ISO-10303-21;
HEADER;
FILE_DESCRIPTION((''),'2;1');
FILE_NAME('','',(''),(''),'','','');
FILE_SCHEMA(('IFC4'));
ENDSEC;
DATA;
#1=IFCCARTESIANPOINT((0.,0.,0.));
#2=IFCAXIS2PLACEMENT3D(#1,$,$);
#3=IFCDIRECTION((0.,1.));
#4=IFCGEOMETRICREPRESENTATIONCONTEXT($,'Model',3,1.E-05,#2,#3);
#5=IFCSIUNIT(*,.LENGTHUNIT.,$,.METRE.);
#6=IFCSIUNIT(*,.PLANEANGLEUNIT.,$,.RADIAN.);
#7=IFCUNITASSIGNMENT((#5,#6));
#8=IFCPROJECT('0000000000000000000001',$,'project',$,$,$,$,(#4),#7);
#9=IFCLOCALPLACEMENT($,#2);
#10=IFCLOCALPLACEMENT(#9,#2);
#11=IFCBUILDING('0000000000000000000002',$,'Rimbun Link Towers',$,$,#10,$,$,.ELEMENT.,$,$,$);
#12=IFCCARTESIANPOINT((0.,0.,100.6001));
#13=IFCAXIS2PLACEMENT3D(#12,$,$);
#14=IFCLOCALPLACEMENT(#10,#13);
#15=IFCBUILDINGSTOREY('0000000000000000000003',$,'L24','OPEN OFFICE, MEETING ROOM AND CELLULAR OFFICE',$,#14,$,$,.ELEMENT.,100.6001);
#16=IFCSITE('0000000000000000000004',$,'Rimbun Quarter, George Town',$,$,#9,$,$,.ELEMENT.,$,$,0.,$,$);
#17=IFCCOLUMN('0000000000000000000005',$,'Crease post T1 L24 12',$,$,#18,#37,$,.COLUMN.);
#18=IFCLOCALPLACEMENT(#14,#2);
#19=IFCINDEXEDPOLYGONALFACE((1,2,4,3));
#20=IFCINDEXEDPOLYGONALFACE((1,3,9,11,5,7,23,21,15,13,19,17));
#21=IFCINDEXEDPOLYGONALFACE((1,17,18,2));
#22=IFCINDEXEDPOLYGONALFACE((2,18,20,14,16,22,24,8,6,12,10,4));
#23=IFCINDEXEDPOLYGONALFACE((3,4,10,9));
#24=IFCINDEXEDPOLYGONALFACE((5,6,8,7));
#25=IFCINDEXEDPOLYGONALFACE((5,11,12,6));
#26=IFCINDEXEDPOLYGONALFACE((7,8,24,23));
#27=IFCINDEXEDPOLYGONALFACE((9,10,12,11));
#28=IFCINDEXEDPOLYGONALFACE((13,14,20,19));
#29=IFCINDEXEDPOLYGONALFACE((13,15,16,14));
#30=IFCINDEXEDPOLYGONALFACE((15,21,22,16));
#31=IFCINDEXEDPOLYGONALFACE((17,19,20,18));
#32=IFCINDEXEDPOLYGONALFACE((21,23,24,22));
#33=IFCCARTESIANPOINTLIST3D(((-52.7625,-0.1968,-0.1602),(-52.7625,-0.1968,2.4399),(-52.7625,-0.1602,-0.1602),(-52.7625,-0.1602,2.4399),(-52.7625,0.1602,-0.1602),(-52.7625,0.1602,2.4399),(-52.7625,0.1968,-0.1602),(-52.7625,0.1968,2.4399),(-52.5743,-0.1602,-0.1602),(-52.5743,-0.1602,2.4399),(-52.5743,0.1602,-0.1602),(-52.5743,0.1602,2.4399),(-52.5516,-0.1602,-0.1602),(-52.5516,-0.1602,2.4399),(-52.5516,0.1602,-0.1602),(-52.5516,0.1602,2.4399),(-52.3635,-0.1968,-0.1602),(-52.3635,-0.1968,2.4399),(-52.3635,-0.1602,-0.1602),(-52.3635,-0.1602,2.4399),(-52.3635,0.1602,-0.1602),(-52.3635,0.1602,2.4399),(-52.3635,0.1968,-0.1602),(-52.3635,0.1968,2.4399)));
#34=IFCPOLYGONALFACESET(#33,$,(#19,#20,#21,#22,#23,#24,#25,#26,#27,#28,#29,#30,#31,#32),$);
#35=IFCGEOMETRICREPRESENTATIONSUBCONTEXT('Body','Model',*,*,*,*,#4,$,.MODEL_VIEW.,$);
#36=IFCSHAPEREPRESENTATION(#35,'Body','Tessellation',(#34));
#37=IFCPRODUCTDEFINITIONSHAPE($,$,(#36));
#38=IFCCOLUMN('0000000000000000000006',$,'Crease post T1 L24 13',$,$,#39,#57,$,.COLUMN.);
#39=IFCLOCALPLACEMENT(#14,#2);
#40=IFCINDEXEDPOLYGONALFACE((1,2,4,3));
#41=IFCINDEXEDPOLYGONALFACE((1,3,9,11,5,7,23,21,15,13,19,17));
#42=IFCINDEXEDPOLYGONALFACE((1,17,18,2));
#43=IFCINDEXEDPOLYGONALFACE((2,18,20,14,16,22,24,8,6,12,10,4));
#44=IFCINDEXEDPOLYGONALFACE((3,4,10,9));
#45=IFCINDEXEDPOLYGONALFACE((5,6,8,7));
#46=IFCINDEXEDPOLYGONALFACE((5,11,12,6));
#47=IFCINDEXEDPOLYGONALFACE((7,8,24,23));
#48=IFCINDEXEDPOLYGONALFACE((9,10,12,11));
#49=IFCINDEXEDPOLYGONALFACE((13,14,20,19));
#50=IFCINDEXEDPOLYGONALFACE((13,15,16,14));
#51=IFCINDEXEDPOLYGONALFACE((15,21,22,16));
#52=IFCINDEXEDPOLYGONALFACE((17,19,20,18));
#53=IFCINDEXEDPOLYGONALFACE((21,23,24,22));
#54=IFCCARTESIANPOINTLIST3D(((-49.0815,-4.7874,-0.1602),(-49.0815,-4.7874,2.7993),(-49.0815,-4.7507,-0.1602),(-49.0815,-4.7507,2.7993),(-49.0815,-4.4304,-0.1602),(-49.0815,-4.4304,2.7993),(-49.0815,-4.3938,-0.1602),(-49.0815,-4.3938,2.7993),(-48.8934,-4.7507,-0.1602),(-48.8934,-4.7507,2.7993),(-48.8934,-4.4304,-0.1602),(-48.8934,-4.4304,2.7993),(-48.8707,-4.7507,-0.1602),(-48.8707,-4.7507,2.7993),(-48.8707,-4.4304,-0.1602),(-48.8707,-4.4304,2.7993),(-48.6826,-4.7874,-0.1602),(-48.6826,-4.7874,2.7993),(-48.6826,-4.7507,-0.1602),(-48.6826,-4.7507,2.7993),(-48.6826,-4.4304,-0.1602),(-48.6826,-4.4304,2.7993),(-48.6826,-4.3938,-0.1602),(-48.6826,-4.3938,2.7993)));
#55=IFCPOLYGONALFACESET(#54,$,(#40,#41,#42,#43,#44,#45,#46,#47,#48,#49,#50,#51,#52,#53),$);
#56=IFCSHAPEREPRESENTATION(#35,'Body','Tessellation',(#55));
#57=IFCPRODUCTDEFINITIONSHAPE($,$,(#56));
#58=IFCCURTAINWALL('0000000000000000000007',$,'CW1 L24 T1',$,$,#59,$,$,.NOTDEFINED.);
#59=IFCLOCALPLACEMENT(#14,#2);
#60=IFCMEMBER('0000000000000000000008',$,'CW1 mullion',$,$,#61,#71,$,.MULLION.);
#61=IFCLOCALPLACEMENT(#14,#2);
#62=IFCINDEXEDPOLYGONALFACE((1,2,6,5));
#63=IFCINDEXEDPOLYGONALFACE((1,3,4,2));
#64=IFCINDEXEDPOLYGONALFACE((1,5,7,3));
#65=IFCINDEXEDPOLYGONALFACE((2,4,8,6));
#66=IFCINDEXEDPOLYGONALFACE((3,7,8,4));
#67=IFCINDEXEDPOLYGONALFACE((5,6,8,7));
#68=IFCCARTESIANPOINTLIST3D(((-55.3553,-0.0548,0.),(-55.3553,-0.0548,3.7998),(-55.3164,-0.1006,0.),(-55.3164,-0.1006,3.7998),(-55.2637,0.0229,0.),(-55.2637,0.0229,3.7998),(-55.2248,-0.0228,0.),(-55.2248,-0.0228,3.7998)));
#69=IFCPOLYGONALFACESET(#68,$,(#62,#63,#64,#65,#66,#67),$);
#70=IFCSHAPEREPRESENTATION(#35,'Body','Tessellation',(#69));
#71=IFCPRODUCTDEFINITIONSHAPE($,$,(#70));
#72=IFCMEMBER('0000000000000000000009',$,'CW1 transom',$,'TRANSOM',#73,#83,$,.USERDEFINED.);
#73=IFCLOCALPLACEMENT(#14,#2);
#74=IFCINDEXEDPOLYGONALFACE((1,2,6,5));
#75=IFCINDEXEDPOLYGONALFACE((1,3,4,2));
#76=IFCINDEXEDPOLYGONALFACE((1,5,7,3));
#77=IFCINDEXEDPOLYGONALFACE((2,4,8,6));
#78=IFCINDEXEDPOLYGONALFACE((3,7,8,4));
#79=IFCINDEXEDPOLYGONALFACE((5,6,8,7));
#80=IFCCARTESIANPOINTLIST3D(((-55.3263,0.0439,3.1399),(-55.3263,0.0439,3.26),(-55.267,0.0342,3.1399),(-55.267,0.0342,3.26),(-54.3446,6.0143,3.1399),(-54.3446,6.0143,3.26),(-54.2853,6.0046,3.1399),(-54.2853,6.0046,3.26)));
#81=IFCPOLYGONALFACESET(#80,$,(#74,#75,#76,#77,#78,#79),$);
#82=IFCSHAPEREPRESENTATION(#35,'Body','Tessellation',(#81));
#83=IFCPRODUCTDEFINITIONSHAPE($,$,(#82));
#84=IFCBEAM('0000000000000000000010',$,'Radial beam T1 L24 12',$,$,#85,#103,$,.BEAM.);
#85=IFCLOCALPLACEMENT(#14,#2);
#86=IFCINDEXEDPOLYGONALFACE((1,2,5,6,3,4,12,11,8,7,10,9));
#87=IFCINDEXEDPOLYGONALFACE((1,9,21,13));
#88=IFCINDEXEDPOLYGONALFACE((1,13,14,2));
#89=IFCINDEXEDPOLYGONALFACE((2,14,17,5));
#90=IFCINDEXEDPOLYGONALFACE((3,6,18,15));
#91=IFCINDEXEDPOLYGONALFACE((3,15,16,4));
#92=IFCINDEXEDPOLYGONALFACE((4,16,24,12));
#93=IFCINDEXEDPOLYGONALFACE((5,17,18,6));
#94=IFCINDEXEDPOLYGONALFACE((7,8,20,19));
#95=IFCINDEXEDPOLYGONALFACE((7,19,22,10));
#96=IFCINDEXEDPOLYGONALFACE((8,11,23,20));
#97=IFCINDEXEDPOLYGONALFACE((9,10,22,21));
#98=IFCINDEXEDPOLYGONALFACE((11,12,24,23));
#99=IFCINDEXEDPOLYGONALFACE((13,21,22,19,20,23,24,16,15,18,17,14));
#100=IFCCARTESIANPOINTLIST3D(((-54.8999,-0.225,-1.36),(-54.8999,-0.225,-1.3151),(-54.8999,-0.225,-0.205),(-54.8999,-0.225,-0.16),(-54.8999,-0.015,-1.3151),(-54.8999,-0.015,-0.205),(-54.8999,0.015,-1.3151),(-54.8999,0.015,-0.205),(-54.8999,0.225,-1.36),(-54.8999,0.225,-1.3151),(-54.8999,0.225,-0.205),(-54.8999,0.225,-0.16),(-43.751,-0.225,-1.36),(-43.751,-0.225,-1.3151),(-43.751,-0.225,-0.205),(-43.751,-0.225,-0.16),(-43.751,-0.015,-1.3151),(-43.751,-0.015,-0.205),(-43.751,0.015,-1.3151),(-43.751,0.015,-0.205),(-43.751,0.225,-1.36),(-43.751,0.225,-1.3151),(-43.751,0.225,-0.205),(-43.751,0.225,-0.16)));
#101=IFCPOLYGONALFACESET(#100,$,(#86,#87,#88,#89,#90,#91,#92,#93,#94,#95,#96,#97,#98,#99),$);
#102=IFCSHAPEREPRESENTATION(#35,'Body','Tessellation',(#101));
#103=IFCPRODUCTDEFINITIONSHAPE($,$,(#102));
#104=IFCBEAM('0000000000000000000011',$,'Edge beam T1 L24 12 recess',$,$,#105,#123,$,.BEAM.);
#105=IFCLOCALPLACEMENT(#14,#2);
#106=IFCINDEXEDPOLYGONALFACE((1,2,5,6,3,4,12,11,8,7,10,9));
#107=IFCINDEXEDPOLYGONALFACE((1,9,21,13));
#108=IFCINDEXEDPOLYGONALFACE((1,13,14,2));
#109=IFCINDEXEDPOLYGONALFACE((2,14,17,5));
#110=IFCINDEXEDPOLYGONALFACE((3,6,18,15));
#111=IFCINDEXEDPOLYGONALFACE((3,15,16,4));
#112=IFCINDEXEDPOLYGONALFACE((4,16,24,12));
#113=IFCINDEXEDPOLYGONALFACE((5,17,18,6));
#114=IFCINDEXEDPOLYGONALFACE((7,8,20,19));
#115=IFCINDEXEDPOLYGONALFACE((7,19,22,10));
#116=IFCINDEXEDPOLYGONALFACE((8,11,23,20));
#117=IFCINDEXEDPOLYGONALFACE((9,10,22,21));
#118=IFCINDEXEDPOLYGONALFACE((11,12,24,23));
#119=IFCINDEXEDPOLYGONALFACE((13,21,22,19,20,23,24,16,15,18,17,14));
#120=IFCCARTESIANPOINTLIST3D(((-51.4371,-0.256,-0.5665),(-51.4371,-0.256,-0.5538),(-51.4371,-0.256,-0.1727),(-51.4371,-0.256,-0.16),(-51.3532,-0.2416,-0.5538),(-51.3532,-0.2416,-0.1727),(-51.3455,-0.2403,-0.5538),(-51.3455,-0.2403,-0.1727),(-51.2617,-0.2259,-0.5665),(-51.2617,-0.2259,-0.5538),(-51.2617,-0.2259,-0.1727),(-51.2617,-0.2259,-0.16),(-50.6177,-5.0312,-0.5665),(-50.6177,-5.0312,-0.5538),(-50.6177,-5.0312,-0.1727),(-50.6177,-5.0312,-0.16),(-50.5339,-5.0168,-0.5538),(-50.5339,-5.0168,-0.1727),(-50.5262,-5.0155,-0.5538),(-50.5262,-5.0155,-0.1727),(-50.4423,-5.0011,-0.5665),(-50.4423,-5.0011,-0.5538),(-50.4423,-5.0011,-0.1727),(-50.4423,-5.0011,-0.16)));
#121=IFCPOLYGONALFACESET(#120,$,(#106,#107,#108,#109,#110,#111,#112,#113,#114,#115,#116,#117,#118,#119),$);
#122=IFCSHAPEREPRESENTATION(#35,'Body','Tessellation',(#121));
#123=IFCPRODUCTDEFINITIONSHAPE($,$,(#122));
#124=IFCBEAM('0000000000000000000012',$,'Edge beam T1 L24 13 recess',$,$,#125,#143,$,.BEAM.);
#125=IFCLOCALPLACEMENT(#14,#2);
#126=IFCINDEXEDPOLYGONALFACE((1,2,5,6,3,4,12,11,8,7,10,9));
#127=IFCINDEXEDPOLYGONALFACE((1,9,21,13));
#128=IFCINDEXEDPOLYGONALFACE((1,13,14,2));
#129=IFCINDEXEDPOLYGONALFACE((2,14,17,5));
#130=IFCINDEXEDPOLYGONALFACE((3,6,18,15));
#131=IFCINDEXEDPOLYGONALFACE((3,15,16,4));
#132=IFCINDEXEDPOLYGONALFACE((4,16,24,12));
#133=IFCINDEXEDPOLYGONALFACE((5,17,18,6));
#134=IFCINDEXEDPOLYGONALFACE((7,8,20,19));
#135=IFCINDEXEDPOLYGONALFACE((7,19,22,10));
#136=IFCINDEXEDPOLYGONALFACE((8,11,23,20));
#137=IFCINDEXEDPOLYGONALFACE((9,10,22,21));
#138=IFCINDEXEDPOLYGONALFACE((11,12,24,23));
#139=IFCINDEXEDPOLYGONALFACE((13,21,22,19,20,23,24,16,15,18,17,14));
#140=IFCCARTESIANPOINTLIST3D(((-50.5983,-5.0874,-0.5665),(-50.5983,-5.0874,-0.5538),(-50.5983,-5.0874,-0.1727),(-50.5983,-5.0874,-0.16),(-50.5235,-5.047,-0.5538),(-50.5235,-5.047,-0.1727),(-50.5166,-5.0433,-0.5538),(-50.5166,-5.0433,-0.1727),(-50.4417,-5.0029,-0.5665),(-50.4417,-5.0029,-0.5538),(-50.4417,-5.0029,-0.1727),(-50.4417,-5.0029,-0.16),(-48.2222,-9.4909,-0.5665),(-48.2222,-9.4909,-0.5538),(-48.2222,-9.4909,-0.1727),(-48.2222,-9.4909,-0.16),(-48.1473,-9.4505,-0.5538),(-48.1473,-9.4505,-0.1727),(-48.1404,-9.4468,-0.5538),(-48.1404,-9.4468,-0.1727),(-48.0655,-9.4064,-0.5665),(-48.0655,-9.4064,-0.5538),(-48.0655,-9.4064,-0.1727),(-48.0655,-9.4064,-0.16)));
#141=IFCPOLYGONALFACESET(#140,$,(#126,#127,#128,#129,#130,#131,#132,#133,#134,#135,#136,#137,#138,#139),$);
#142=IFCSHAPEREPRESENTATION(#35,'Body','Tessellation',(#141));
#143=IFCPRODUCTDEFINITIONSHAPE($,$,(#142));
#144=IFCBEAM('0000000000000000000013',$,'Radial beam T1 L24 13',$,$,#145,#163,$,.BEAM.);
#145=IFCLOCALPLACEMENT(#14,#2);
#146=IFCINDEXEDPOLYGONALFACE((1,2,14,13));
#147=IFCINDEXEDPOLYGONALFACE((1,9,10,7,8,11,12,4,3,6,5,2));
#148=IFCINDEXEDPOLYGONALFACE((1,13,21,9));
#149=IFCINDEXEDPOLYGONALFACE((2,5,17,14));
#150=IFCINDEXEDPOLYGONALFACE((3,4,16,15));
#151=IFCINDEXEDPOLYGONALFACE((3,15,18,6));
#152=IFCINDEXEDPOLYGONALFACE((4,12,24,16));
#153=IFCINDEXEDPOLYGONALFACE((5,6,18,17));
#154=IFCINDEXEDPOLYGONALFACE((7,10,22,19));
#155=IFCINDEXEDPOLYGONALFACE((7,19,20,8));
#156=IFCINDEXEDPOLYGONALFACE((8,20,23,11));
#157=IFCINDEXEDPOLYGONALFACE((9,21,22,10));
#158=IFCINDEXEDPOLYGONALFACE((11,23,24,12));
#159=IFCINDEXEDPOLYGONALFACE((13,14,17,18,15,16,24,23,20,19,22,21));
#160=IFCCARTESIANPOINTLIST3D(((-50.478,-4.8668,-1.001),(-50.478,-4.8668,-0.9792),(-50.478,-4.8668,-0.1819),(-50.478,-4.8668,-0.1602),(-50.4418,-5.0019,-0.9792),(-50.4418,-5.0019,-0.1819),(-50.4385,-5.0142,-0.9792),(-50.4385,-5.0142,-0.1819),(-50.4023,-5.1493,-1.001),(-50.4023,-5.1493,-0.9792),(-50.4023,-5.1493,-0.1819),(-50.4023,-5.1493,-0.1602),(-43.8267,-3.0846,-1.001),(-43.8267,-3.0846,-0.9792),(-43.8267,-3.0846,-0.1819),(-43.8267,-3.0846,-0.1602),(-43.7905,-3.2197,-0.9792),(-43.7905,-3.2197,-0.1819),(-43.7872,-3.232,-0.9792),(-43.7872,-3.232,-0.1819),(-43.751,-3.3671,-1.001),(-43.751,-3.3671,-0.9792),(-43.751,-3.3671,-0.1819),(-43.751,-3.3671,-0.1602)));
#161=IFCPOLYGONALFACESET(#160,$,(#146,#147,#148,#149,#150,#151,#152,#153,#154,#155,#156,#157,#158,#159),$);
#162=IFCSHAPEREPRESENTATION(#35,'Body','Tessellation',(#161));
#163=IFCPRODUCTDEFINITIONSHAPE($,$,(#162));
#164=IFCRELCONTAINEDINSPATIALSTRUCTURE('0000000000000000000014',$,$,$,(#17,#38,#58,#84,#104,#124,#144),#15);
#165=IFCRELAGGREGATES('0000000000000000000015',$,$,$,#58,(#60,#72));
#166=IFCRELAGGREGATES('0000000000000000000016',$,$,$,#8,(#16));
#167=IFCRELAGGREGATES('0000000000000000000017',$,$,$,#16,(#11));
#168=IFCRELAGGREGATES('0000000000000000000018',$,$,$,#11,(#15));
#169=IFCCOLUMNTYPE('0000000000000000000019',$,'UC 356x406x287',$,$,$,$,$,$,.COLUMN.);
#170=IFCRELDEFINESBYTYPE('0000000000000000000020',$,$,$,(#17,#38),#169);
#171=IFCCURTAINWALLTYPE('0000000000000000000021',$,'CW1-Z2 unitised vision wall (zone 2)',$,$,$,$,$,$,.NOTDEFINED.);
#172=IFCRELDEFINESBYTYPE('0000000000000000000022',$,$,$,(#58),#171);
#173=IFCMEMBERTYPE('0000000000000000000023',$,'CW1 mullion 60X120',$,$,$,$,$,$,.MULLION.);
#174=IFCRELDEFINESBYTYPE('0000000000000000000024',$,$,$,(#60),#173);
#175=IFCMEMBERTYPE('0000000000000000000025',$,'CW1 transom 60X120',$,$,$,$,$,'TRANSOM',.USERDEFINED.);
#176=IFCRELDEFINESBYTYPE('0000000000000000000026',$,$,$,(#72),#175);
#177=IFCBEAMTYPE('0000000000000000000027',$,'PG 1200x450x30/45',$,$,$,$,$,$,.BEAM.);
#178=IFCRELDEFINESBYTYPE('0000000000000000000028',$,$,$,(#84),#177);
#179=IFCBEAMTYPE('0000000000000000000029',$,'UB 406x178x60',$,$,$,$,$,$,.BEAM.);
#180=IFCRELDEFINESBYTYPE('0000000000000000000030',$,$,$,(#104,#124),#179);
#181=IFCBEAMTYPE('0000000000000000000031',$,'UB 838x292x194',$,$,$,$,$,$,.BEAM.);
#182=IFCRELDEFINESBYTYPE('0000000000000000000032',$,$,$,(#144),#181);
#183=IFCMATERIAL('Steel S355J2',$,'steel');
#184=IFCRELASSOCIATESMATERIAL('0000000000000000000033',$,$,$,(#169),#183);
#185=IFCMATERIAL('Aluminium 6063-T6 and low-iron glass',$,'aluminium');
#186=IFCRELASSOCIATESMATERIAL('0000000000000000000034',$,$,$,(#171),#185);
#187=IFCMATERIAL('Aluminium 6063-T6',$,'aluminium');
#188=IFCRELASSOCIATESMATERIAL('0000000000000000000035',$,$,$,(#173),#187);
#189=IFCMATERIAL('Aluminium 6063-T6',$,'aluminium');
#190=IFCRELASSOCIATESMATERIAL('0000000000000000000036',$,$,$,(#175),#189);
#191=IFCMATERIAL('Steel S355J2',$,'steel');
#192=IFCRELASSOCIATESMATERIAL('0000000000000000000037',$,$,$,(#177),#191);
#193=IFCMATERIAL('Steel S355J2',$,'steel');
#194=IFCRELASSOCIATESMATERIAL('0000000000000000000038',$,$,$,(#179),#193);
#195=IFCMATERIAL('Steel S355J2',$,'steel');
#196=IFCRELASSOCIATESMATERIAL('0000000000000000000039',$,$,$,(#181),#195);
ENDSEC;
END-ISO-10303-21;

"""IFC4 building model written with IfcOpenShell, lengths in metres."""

from ifc_helpers import new_model, si_unit, direction, frame, origin, origin_2d, place, context, subcontext, project, spatial, rectangle, i_section, extrude, material, material_profile, profile_set, type_object, element, aggregate, save


model = new_model("IFC4")

# Units and contexts
model_context = context("Model", 3, precision=1e-05, world=origin(), true_north=direction((0.0, 1.0)))
body_context = subcontext(model_context, "Body", "Model", "MODEL_VIEW")
ifc_project = project(units=[si_unit("LENGTHUNIT", "METRE"), si_unit("PLANEANGLEUNIT", "RADIAN")], contexts=[model_context])

# Site, building, storey
site_placement = place(None, origin())
site = spatial("IfcSite", under=ifc_project, at=site_placement, Name="Rimbun Quarter, George Town", CompositionType="ELEMENT", RefElevation=0.0)
building_placement = place(site_placement, origin())
building = spatial("IfcBuilding", under=site, at=building_placement, Name="Rimbun Link Towers", CompositionType="ELEMENT")
storey_placement = place(building_placement, frame((0.0, 0.0, 100.6001)))
storey = spatial("IfcBuildingStorey", under=building, at=storey_placement, Name="L24", Description="OPEN OFFICE, MEETING ROOM AND CELLULAR OFFICE", CompositionType="ELEMENT", Elevation=100.6001)

# Columns
ifc_material_1 = material(Name="Steel S355J2", Category="steel")
ifc_material_profile_1 = material_profile(ifc_material_1, i_section(OverallWidth=0.3989, OverallDepth=0.3936, WebThickness=0.0227, FlangeThickness=0.0366, at=origin_2d()), Name="UC 356x406x287")
ifc_profile_set_1 = profile_set([ifc_material_profile_1], Name="Steel S355J2")
column_type = type_object("IfcColumnType", Name="UC 356x406x287", PredefinedType="COLUMN", material=ifc_profile_set_1)
column_1_placement = place(storey_placement, frame((-52.563, 0.0, -0.1602), z_axis=(0.0, 0.0, 1.0), x_axis=(1.0, 0.0, 0.0)))
element("IfcColumn", 1, at=column_1_placement, inside=storey, type_object=column_type, Name="Crease post T1 L24 12", PredefinedType="COLUMN", context=body_context, shape_type="SweptSolid", body=[
    extrude(i_section(OverallWidth=0.3989, OverallDepth=0.3936, WebThickness=0.0227, FlangeThickness=0.0366, at=origin_2d()), origin(), (0.0, 0.0, 1.0), 2.6001),
])
column_2_placement = place(storey_placement, frame((-48.8821, -4.5906, -0.1602), z_axis=(0.0, 0.0, 1.0), x_axis=(1.0, 0.0, 0.0)))
element("IfcColumn", 2, at=column_2_placement, inside=storey, type_object=column_type, Name="Crease post T1 L24 13", PredefinedType="COLUMN", context=body_context, shape_type="SweptSolid", body=[
    extrude(i_section(OverallWidth=0.3989, OverallDepth=0.3936, WebThickness=0.0227, FlangeThickness=0.0366, at=origin_2d()), origin(), (0.0, 0.0, 1.0), 2.9595),
])

# Curtain wall, members
ifc_material_2 = material(Name="Aluminium 6063-T6 and low-iron glass", Category="aluminium")
curtain_wall_type = type_object("IfcCurtainWallType", Name="CW1-Z2 unitised vision wall (zone 2)", PredefinedType="NOTDEFINED", material=ifc_material_2)
curtain_wall_placement = place(storey_placement, origin())
curtain_wall = element("IfcCurtainWall", 3, at=curtain_wall_placement, inside=storey, type_object=curtain_wall_type, Name="CW1 L24 T1", PredefinedType="NOTDEFINED")
ifc_material_3 = material(Name="Aluminium 6063-T6", Category="aluminium")
ifc_material_profile_2 = material_profile(ifc_material_3, rectangle(XDim=0.1201, YDim=0.0601, at=origin_2d()), Name="MULLION 60X120")
ifc_profile_set_2 = profile_set([ifc_material_profile_2], Name="Aluminium 6063-T6")
member_type_1 = type_object("IfcMemberType", Name="CW1 mullion 60X120", PredefinedType="MULLION", material=ifc_profile_set_2)
member_1_placement = place(storey_placement, frame((-55.29, -0.0388, 0.0), z_axis=(0.0, 0.0, 1.0), x_axis=(-0.762319, -0.647202, 0.0)))
member_1 = element("IfcMember", 4, at=member_1_placement, type_object=member_type_1, Name="CW1 mullion", PredefinedType="MULLION", context=body_context, shape_type="SweptSolid", body=[
    extrude(rectangle(XDim=0.1201, YDim=0.0601, at=origin_2d()), origin(), (0.0, 0.0, 1.0), 3.7998),
])
ifc_material_4 = material(Name="Aluminium 6063-T6", Category="aluminium")
ifc_material_profile_3 = material_profile(ifc_material_4, rectangle(XDim=0.0601, YDim=0.1201, at=origin_2d()), Name="TRANSOM 60X120")
ifc_profile_set_3 = profile_set([ifc_material_profile_3], Name="Aluminium 6063-T6")
member_type_2 = type_object("IfcMemberType", Name="CW1 transom 60X120", ElementType="TRANSOM", PredefinedType="USERDEFINED", material=ifc_profile_set_3)
member_2_placement = place(storey_placement, frame((-55.2966, 0.0391, 3.2), z_axis=(0.162246, 0.98675, 0.0), x_axis=(-0.98675, 0.162246, 0.0)))
member_2 = element("IfcMember", 5, at=member_2_placement, type_object=member_type_2, Name="CW1 transom", ObjectType="TRANSOM", PredefinedType="USERDEFINED", context=body_context, shape_type="SweptSolid", body=[
    extrude(rectangle(XDim=0.0601, YDim=0.1201, at=origin_2d()), origin(), (0.0, 0.0, 1.0), 6.0505),
])

# Beams
ifc_material_5 = material(Name="Steel S355J2", Category="steel")
ifc_material_profile_4 = material_profile(ifc_material_5, i_section(OverallWidth=0.45, OverallDepth=1.2, WebThickness=0.03, FlangeThickness=0.0449, at=origin_2d()), Name="PG 1200x450x30/45")
ifc_profile_set_4 = profile_set([ifc_material_profile_4], Name="Steel S355J2")
beam_type_1 = type_object("IfcBeamType", Name="PG 1200x450x30/45", PredefinedType="BEAM", material=ifc_profile_set_4)
beam_1_placement = place(storey_placement, frame((-43.751, 0.0, -0.76), z_axis=(-1.0, 0.0, 0.0), x_axis=(0.0, -1.0, 0.0)))
element("IfcBeam", 6, at=beam_1_placement, inside=storey, type_object=beam_type_1, Name="Radial beam T1 L24 12", PredefinedType="BEAM", context=body_context, shape_type="SweptSolid", body=[
    extrude(i_section(OverallWidth=0.45, OverallDepth=1.2, WebThickness=0.03, FlangeThickness=0.0449, at=origin_2d()), origin(), (0.0, 0.0, 1.0), 11.1489),
])
ifc_material_6 = material(Name="Steel S355J2", Category="steel")
ifc_material_profile_5 = material_profile(ifc_material_6, i_section(OverallWidth=0.178, OverallDepth=0.4065, WebThickness=0.0078, FlangeThickness=0.0127, at=origin_2d()), Name="UB 406x178x60")
ifc_profile_set_5 = profile_set([ifc_material_profile_5], Name="Steel S355J2")
beam_type_2 = type_object("IfcBeamType", Name="UB 406x178x60", PredefinedType="BEAM", material=ifc_profile_set_5)
beam_2_placement = place(storey_placement, frame((-51.3494, -0.241, -0.3633), z_axis=(0.169112, -0.985597, 0.0), x_axis=(0.985597, 0.169112, 0.0)))
element("IfcBeam", 7, at=beam_2_placement, inside=storey, type_object=beam_type_2, Name="Edge beam T1 L24 12 recess", PredefinedType="BEAM", context=body_context, shape_type="SweptSolid", body=[
    extrude(i_section(OverallWidth=0.178, OverallDepth=0.4065, WebThickness=0.0078, FlangeThickness=0.0127, at=origin_2d()), origin(), (0.0, 0.0, 1.0), 4.845),
])
beam_3_placement = place(storey_placement, frame((-50.52, -5.0452, -0.3633), z_axis=(0.474885, -0.880048, 0.0), x_axis=(0.880048, 0.474885, 0.0)))
element("IfcBeam", 8, at=beam_3_placement, inside=storey, type_object=beam_type_2, Name="Edge beam T1 L24 13 recess", PredefinedType="BEAM", context=body_context, shape_type="SweptSolid", body=[
    extrude(i_section(OverallWidth=0.178, OverallDepth=0.4065, WebThickness=0.0078, FlangeThickness=0.0127, at=origin_2d()), origin(), (0.0, 0.0, 1.0), 5.0037),
])
ifc_material_7 = material(Name="Steel S355J2", Category="steel")
ifc_material_profile_6 = material_profile(ifc_material_7, i_section(OverallWidth=0.2925, OverallDepth=0.8408, WebThickness=0.0127, FlangeThickness=0.0217, at=origin_2d()), Name="UB 838x292x194")
ifc_profile_set_6 = profile_set([ifc_material_profile_6], Name="Steel S355J2")
beam_type_3 = type_object("IfcBeamType", Name="UB 838x292x194", PredefinedType="BEAM", material=ifc_profile_set_6)
beam_4_placement = place(storey_placement, frame((-43.7888, -3.2258, -0.5806), z_axis=(-0.965926, -0.258819, 0.0), x_axis=(0.258819, -0.965926, 0.0)))
element("IfcBeam", 9, at=beam_4_placement, inside=storey, type_object=beam_type_3, Name="Radial beam T1 L24 13", PredefinedType="BEAM", context=body_context, shape_type="SweptSolid", body=[
    extrude(i_section(OverallWidth=0.2925, OverallDepth=0.8408, WebThickness=0.0127, FlangeThickness=0.0217, at=origin_2d()), origin(), (0.0, 0.0, 1.0), 6.886),
])

aggregate(curtain_wall, [member_1, member_2])

save(model, "model.ifc")
